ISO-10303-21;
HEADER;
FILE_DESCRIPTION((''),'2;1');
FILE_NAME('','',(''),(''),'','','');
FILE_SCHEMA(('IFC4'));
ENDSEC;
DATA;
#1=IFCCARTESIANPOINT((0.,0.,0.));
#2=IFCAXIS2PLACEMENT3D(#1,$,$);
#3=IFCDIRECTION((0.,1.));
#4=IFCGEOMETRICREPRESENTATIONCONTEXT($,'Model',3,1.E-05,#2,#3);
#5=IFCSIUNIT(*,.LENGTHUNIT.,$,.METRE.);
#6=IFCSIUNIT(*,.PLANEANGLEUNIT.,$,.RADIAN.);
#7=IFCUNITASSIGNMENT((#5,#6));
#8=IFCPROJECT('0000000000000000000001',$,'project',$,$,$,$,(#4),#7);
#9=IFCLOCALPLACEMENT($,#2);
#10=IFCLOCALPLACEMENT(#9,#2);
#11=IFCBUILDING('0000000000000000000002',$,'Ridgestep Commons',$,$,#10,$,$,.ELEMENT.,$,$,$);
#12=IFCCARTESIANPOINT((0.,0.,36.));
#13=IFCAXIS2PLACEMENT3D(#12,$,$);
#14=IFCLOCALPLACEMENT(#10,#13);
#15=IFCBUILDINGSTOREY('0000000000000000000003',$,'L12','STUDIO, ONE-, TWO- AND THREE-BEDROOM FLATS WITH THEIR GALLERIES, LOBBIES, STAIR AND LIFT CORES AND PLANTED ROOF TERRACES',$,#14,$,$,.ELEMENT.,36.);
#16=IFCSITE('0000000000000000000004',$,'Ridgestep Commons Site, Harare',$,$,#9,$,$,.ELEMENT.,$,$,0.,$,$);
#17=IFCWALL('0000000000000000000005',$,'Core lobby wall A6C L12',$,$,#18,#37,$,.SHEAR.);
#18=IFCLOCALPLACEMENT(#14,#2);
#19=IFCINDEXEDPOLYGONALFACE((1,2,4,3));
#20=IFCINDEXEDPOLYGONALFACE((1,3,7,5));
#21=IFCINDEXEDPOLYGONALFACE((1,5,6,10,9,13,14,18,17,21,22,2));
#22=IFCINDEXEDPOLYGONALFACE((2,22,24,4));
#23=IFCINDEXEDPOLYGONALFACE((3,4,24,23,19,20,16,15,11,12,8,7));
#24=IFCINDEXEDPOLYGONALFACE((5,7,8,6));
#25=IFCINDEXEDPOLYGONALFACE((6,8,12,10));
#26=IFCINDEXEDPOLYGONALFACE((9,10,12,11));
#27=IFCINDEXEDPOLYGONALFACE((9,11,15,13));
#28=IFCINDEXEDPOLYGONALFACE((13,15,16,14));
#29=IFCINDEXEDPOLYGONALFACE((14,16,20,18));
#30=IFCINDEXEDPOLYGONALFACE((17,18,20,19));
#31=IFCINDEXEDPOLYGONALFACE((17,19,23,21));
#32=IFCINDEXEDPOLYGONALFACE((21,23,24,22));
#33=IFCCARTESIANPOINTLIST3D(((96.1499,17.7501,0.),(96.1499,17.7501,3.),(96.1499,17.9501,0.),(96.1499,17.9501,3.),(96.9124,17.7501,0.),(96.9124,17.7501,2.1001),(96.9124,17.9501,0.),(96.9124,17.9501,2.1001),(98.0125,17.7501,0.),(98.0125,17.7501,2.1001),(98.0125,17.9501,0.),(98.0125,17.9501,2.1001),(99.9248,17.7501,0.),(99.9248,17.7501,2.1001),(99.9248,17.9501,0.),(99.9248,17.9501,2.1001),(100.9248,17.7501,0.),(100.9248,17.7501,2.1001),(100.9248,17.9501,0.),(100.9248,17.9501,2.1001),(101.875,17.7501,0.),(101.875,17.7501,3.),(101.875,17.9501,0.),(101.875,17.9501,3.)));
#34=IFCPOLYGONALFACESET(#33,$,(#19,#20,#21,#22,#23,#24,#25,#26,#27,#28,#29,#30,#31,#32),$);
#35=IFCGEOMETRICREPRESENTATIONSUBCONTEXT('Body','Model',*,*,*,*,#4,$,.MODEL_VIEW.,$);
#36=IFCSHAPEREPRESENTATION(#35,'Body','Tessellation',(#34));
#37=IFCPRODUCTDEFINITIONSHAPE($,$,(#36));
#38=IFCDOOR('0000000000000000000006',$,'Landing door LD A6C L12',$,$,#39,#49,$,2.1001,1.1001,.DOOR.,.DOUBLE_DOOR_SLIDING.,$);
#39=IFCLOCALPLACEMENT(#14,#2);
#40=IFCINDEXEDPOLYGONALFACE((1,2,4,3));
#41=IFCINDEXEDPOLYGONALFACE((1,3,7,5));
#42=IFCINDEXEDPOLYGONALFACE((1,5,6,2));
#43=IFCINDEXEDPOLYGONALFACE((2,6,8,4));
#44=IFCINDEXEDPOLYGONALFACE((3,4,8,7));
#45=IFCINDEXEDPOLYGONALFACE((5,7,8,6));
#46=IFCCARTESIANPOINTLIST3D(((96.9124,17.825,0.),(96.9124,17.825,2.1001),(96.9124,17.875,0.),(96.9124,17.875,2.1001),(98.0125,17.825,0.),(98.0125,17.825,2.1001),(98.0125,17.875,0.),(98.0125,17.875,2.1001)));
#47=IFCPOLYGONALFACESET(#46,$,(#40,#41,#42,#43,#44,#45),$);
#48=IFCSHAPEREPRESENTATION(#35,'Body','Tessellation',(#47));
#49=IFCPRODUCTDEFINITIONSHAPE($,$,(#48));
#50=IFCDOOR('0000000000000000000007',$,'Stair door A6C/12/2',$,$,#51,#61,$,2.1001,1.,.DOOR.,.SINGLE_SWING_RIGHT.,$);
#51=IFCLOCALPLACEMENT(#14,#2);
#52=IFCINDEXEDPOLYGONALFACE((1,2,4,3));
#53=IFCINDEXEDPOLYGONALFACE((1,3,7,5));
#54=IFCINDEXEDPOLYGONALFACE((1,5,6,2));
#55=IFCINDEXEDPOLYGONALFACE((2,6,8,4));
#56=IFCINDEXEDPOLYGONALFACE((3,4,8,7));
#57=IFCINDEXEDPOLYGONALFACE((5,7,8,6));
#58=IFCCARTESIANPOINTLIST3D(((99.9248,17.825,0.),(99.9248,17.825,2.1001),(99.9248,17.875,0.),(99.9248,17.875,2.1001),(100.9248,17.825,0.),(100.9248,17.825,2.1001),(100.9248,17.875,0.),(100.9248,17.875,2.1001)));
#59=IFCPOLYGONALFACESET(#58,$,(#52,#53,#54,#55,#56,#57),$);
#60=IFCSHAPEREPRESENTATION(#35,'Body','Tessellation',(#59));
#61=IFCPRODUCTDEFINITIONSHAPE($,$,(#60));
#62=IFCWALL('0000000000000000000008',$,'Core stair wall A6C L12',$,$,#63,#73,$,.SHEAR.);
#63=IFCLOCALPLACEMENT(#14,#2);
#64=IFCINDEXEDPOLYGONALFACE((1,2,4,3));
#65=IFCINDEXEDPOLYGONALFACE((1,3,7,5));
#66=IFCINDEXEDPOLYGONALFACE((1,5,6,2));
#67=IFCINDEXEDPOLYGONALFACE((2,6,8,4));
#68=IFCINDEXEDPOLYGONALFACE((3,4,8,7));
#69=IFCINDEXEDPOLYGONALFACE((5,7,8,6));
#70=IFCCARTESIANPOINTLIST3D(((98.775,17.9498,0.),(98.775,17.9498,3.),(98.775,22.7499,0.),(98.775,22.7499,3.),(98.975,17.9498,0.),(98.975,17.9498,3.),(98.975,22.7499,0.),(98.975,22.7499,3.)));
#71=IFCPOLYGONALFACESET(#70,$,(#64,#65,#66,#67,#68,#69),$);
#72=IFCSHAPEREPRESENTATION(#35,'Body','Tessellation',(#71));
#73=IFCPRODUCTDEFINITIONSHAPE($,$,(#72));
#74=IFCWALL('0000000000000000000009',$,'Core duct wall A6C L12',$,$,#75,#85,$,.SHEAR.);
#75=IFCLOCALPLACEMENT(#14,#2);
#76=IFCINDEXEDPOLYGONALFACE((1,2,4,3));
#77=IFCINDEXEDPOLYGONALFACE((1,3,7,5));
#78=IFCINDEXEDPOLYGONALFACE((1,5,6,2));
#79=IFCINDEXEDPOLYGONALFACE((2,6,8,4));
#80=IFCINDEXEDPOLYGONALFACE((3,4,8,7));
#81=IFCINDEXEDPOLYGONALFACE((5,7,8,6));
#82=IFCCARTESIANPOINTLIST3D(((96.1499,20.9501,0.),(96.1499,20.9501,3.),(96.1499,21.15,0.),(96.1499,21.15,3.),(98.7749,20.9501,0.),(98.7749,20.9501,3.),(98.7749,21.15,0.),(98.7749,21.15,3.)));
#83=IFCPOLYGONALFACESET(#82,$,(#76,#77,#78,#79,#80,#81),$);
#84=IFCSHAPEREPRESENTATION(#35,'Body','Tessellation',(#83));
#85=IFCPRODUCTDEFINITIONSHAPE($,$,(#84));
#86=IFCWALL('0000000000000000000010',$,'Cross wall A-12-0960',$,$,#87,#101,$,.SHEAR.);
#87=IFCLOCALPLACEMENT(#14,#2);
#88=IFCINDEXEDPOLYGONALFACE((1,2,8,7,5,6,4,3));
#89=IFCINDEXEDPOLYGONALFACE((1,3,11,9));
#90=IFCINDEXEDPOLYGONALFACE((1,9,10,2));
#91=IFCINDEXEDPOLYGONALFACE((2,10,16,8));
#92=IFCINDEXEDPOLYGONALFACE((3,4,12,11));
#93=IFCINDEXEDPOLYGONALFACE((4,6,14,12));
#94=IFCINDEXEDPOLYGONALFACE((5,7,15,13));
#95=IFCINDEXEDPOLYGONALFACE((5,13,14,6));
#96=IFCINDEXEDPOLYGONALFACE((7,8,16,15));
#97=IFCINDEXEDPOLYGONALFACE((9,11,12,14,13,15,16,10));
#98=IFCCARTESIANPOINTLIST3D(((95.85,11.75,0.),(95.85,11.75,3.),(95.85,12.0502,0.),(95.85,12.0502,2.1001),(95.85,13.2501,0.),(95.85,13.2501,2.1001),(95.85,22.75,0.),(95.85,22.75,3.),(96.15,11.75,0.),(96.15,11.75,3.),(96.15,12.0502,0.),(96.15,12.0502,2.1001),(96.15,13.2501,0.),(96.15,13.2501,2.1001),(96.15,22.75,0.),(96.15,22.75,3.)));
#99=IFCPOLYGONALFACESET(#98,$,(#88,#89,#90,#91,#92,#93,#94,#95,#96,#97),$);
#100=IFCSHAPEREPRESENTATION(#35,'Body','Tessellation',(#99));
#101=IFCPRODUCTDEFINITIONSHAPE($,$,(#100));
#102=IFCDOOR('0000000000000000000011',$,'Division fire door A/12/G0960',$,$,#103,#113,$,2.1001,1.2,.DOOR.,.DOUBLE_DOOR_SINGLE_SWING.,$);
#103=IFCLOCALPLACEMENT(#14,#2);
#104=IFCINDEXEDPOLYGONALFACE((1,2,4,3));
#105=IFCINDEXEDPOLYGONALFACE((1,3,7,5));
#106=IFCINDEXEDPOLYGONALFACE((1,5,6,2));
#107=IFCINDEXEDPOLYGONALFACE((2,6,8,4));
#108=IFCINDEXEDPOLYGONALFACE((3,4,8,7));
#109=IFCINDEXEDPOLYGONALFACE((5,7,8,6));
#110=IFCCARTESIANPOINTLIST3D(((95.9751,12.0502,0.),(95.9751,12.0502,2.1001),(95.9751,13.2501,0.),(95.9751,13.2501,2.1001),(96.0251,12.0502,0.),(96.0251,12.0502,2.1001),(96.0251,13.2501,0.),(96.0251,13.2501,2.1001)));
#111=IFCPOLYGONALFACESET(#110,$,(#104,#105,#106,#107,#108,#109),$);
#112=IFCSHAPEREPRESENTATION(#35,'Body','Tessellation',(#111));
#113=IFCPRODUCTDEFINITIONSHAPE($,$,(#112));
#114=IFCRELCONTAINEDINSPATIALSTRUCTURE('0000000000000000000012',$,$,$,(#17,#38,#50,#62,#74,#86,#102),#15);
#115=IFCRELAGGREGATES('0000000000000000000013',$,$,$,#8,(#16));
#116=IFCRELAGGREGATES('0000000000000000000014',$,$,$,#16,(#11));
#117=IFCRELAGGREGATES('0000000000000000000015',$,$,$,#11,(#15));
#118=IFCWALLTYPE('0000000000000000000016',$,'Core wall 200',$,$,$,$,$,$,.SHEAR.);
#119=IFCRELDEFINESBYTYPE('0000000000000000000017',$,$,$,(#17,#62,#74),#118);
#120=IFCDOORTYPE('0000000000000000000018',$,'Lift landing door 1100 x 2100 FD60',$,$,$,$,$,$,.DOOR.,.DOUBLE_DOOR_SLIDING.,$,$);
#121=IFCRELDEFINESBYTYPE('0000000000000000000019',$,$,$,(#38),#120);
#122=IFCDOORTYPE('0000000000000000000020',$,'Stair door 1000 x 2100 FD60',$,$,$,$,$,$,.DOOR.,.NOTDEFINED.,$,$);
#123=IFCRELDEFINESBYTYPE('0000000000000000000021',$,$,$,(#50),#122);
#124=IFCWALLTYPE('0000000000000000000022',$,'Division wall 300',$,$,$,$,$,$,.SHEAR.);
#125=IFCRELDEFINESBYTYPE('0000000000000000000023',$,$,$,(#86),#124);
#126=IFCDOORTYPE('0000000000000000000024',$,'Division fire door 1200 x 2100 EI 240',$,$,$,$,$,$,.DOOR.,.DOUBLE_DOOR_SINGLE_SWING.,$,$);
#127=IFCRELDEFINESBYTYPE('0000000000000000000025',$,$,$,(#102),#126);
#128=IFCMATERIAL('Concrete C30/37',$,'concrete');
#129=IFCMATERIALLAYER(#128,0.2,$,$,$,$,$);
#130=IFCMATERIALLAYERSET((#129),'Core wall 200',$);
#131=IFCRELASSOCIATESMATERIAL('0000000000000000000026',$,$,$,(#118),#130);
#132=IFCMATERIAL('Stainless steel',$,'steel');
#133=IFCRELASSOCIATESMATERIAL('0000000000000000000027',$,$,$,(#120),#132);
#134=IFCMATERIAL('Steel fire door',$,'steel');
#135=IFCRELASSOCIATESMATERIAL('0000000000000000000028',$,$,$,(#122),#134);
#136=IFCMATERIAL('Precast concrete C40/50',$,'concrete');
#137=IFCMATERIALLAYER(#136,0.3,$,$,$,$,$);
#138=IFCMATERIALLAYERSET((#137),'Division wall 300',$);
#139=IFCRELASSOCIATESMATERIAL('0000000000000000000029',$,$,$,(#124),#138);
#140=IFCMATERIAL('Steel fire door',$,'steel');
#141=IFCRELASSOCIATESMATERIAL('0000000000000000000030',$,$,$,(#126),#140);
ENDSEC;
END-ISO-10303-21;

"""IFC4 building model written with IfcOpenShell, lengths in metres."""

from ifc_helpers import new_model, si_unit, direction, frame, frame_2d, origin, place, context, subcontext, project, spatial, rectangle, extrude, material, layer, layer_set, type_object, element, fill, save


model = new_model("IFC4")

# Units and contexts
model_context = context("Model", 3, precision=1e-05, world=origin(), true_north=direction((0.0, 1.0)))
body_context = subcontext(model_context, "Body", "Model", "MODEL_VIEW")
ifc_project = project(units=[si_unit("LENGTHUNIT", "METRE"), si_unit("PLANEANGLEUNIT", "RADIAN")], contexts=[model_context])

# Site, building, storey
site_placement = place(None, origin())
site = spatial("IfcSite", under=ifc_project, at=site_placement, Name="Ridgestep Commons Site, Harare", CompositionType="ELEMENT", RefElevation=0.0)
building_placement = place(site_placement, origin())
building = spatial("IfcBuilding", under=site, at=building_placement, Name="Ridgestep Commons", CompositionType="ELEMENT")
storey_placement = place(building_placement, frame((0.0, 0.0, 36.0)))
storey = spatial("IfcBuildingStorey", under=building, at=storey_placement, Name="L12", Description="STUDIO, ONE-, TWO- AND THREE-BEDROOM FLATS WITH THEIR GALLERIES, LOBBIES, STAIR AND LIFT CORES AND PLANTED ROOF TERRACES", CompositionType="ELEMENT", Elevation=36.0)

# Shared definitions
ifc_material_1 = material(Name="Concrete C30/37", Category="concrete")
ifc_layer_1 = layer(ifc_material_1, 0.2)
ifc_layer_set_1 = layer_set([ifc_layer_1], Name="Core wall 200")
wall_type_1 = type_object("IfcWallType", Name="Core wall 200", PredefinedType="SHEAR", material=ifc_layer_set_1)

# Wall, openings, doors
wall_1_placement = place(storey_placement, frame((96.1499, 17.8501, 0.0), z_axis=(0.0, 0.0, 1.0), x_axis=(1.0, 0.0, 0.0)))
wall_1 = element("IfcWall", 1, at=wall_1_placement, inside=storey, type_object=wall_type_1, Name="Core lobby wall A6C L12", PredefinedType="SHEAR", context=body_context, shape_type="SweptSolid", body=[
    extrude(rectangle(XDim=5.7251, YDim=0.2, at=frame_2d((2.8625, 0.0))), origin(), (0.0, 0.0, 1.0), 3.0),
])
opening_1_placement = place(wall_1_placement, frame((3.7749, 0.0, 0.0)))
opening_1 = element("IfcOpeningElement", 2, at=opening_1_placement, cuts=wall_1, PredefinedType="OPENING", context=body_context, shape_type="SweptSolid", body=[
    extrude(rectangle(XDim=1.0, YDim=2.1001, at=frame_2d((0.5, 1.05))), frame((0.0, 0.1099, 0.0), z_axis=(0.0, -1.0, 0.0), x_axis=(1.0, 0.0, 0.0)), (0.0, 0.0, 1.0), 0.22),
])
opening_2_placement = place(wall_1_placement, frame((0.7625, 0.0, 0.0)))
opening_2 = element("IfcOpeningElement", 3, at=opening_2_placement, cuts=wall_1, PredefinedType="OPENING", context=body_context, shape_type="SweptSolid", body=[
    extrude(rectangle(XDim=1.1001, YDim=2.1001, at=frame_2d((0.55, 1.05))), frame((0.0, 0.1099, 0.0), z_axis=(0.0, -1.0, 0.0), x_axis=(1.0, 0.0, 0.0)), (0.0, 0.0, 1.0), 0.22),
])
ifc_material_2 = material(Name="Stainless steel", Category="steel")
door_type_1 = type_object("IfcDoorType", Name="Lift landing door 1100 x 2100 FD60", OperationType="DOUBLE_DOOR_SLIDING", PredefinedType="DOOR", material=ifc_material_2)
door_1_placement = place(opening_2_placement, origin())
door_1 = element("IfcDoor", 4, at=door_1_placement, inside=storey, type_object=door_type_1, Name="Landing door LD A6C L12", OperationType="DOUBLE_DOOR_SLIDING", OverallHeight=2.1001, OverallWidth=1.1001, PredefinedType="DOOR", context=body_context, shape_type="SweptSolid", body=[
    extrude(rectangle(XDim=1.1001, YDim=2.1001, at=frame_2d((0.55, 1.05))), frame((0.0, 0.0249, 0.0), z_axis=(0.0, -1.0, 0.0), x_axis=(1.0, 0.0, 0.0)), (0.0, 0.0, 1.0), 0.05),
])
fill(opening_2, door_1)
ifc_material_3 = material(Name="Steel fire door", Category="steel")
door_type_2 = type_object("IfcDoorType", Name="Stair door 1000 x 2100 FD60", OperationType="NOTDEFINED", PredefinedType="DOOR", material=ifc_material_3)
door_2_placement = place(opening_1_placement, origin())
door_2 = element("IfcDoor", 5, at=door_2_placement, inside=storey, type_object=door_type_2, Name="Stair door A6C/12/2", OperationType="SINGLE_SWING_RIGHT", OverallHeight=2.1001, OverallWidth=1.0, PredefinedType="DOOR", context=body_context, shape_type="SweptSolid", body=[
    extrude(rectangle(XDim=1.0, YDim=2.1001, at=frame_2d((0.5, 1.05))), frame((0.0, 0.0249, 0.0), z_axis=(0.0, -1.0, 0.0), x_axis=(1.0, 0.0, 0.0)), (0.0, 0.0, 1.0), 0.05),
])
fill(opening_1, door_2)

# Walls
wall_2_placement = place(storey_placement, frame((98.875, 17.95, 0.0), z_axis=(0.0, 0.0, 1.0), x_axis=(0.0, 1.0, 0.0)))
element("IfcWall", 6, at=wall_2_placement, inside=storey, type_object=wall_type_1, Name="Core stair wall A6C L12", PredefinedType="SHEAR", context=body_context, shape_type="SweptSolid", body=[
    extrude(rectangle(XDim=4.8, YDim=0.2, at=frame_2d((2.3999, 0.0))), origin(), (0.0, 0.0, 1.0), 3.0),
])
wall_3_placement = place(storey_placement, frame((96.1499, 21.05, 0.0), z_axis=(0.0, 0.0, 1.0), x_axis=(1.0, 0.0, 0.0)))
element("IfcWall", 7, at=wall_3_placement, inside=storey, type_object=wall_type_1, Name="Core duct wall A6C L12", PredefinedType="SHEAR", context=body_context, shape_type="SweptSolid", body=[
    extrude(rectangle(XDim=2.625, YDim=0.2, at=frame_2d((1.3125, 0.0))), origin(), (0.0, 0.0, 1.0), 3.0),
])

# Wall, opening, door
ifc_material_4 = material(Name="Precast concrete C40/50", Category="concrete")
ifc_layer_2 = layer(ifc_material_4, 0.3)
ifc_layer_set_2 = layer_set([ifc_layer_2], Name="Division wall 300")
wall_type_2 = type_object("IfcWallType", Name="Division wall 300", PredefinedType="SHEAR", material=ifc_layer_set_2)
wall_4_placement = place(storey_placement, frame((96.0, 11.75, 0.0), z_axis=(0.0, 0.0, 1.0), x_axis=(0.0, 1.0, 0.0)))
wall_4 = element("IfcWall", 8, at=wall_4_placement, inside=storey, type_object=wall_type_2, Name="Cross wall A-12-0960", PredefinedType="SHEAR", context=body_context, shape_type="SweptSolid", body=[
    extrude(rectangle(XDim=11.0, YDim=0.3, at=frame_2d((5.5, 0.0))), origin(), (0.0, 0.0, 1.0), 3.0),
])
opening_3_placement = place(wall_4_placement, frame((0.3, 0.0, 0.0)))
opening_3 = element("IfcOpeningElement", 9, at=opening_3_placement, cuts=wall_4, PredefinedType="OPENING", context=body_context, shape_type="SweptSolid", body=[
    extrude(rectangle(XDim=1.2, YDim=2.1001, at=frame_2d((0.6001, 1.05))), frame((0.0, 0.1599, 0.0), z_axis=(0.0, -1.0, 0.0), x_axis=(1.0, 0.0, 0.0)), (0.0, 0.0, 1.0), 0.3201),
])
ifc_material_5 = material(Name="Steel fire door", Category="steel")
door_type_3 = type_object("IfcDoorType", Name="Division fire door 1200 x 2100 EI 240", OperationType="DOUBLE_DOOR_SINGLE_SWING", PredefinedType="DOOR", material=ifc_material_5)
door_3_placement = place(opening_3_placement, origin())
door_3 = element("IfcDoor", 10, at=door_3_placement, inside=storey, type_object=door_type_3, Name="Division fire door A/12/G0960", OperationType="DOUBLE_DOOR_SINGLE_SWING", OverallHeight=2.1001, OverallWidth=1.2, PredefinedType="DOOR", context=body_context, shape_type="SweptSolid", body=[
    extrude(rectangle(XDim=1.2, YDim=2.1001, at=frame_2d((0.6001, 1.05))), frame((0.0, 0.0249, 0.0), z_axis=(0.0, -1.0, 0.0), x_axis=(1.0, 0.0, 0.0)), (0.0, 0.0, 1.0), 0.05),
])
fill(opening_3, door_3)

save(model, "model.ifc")
